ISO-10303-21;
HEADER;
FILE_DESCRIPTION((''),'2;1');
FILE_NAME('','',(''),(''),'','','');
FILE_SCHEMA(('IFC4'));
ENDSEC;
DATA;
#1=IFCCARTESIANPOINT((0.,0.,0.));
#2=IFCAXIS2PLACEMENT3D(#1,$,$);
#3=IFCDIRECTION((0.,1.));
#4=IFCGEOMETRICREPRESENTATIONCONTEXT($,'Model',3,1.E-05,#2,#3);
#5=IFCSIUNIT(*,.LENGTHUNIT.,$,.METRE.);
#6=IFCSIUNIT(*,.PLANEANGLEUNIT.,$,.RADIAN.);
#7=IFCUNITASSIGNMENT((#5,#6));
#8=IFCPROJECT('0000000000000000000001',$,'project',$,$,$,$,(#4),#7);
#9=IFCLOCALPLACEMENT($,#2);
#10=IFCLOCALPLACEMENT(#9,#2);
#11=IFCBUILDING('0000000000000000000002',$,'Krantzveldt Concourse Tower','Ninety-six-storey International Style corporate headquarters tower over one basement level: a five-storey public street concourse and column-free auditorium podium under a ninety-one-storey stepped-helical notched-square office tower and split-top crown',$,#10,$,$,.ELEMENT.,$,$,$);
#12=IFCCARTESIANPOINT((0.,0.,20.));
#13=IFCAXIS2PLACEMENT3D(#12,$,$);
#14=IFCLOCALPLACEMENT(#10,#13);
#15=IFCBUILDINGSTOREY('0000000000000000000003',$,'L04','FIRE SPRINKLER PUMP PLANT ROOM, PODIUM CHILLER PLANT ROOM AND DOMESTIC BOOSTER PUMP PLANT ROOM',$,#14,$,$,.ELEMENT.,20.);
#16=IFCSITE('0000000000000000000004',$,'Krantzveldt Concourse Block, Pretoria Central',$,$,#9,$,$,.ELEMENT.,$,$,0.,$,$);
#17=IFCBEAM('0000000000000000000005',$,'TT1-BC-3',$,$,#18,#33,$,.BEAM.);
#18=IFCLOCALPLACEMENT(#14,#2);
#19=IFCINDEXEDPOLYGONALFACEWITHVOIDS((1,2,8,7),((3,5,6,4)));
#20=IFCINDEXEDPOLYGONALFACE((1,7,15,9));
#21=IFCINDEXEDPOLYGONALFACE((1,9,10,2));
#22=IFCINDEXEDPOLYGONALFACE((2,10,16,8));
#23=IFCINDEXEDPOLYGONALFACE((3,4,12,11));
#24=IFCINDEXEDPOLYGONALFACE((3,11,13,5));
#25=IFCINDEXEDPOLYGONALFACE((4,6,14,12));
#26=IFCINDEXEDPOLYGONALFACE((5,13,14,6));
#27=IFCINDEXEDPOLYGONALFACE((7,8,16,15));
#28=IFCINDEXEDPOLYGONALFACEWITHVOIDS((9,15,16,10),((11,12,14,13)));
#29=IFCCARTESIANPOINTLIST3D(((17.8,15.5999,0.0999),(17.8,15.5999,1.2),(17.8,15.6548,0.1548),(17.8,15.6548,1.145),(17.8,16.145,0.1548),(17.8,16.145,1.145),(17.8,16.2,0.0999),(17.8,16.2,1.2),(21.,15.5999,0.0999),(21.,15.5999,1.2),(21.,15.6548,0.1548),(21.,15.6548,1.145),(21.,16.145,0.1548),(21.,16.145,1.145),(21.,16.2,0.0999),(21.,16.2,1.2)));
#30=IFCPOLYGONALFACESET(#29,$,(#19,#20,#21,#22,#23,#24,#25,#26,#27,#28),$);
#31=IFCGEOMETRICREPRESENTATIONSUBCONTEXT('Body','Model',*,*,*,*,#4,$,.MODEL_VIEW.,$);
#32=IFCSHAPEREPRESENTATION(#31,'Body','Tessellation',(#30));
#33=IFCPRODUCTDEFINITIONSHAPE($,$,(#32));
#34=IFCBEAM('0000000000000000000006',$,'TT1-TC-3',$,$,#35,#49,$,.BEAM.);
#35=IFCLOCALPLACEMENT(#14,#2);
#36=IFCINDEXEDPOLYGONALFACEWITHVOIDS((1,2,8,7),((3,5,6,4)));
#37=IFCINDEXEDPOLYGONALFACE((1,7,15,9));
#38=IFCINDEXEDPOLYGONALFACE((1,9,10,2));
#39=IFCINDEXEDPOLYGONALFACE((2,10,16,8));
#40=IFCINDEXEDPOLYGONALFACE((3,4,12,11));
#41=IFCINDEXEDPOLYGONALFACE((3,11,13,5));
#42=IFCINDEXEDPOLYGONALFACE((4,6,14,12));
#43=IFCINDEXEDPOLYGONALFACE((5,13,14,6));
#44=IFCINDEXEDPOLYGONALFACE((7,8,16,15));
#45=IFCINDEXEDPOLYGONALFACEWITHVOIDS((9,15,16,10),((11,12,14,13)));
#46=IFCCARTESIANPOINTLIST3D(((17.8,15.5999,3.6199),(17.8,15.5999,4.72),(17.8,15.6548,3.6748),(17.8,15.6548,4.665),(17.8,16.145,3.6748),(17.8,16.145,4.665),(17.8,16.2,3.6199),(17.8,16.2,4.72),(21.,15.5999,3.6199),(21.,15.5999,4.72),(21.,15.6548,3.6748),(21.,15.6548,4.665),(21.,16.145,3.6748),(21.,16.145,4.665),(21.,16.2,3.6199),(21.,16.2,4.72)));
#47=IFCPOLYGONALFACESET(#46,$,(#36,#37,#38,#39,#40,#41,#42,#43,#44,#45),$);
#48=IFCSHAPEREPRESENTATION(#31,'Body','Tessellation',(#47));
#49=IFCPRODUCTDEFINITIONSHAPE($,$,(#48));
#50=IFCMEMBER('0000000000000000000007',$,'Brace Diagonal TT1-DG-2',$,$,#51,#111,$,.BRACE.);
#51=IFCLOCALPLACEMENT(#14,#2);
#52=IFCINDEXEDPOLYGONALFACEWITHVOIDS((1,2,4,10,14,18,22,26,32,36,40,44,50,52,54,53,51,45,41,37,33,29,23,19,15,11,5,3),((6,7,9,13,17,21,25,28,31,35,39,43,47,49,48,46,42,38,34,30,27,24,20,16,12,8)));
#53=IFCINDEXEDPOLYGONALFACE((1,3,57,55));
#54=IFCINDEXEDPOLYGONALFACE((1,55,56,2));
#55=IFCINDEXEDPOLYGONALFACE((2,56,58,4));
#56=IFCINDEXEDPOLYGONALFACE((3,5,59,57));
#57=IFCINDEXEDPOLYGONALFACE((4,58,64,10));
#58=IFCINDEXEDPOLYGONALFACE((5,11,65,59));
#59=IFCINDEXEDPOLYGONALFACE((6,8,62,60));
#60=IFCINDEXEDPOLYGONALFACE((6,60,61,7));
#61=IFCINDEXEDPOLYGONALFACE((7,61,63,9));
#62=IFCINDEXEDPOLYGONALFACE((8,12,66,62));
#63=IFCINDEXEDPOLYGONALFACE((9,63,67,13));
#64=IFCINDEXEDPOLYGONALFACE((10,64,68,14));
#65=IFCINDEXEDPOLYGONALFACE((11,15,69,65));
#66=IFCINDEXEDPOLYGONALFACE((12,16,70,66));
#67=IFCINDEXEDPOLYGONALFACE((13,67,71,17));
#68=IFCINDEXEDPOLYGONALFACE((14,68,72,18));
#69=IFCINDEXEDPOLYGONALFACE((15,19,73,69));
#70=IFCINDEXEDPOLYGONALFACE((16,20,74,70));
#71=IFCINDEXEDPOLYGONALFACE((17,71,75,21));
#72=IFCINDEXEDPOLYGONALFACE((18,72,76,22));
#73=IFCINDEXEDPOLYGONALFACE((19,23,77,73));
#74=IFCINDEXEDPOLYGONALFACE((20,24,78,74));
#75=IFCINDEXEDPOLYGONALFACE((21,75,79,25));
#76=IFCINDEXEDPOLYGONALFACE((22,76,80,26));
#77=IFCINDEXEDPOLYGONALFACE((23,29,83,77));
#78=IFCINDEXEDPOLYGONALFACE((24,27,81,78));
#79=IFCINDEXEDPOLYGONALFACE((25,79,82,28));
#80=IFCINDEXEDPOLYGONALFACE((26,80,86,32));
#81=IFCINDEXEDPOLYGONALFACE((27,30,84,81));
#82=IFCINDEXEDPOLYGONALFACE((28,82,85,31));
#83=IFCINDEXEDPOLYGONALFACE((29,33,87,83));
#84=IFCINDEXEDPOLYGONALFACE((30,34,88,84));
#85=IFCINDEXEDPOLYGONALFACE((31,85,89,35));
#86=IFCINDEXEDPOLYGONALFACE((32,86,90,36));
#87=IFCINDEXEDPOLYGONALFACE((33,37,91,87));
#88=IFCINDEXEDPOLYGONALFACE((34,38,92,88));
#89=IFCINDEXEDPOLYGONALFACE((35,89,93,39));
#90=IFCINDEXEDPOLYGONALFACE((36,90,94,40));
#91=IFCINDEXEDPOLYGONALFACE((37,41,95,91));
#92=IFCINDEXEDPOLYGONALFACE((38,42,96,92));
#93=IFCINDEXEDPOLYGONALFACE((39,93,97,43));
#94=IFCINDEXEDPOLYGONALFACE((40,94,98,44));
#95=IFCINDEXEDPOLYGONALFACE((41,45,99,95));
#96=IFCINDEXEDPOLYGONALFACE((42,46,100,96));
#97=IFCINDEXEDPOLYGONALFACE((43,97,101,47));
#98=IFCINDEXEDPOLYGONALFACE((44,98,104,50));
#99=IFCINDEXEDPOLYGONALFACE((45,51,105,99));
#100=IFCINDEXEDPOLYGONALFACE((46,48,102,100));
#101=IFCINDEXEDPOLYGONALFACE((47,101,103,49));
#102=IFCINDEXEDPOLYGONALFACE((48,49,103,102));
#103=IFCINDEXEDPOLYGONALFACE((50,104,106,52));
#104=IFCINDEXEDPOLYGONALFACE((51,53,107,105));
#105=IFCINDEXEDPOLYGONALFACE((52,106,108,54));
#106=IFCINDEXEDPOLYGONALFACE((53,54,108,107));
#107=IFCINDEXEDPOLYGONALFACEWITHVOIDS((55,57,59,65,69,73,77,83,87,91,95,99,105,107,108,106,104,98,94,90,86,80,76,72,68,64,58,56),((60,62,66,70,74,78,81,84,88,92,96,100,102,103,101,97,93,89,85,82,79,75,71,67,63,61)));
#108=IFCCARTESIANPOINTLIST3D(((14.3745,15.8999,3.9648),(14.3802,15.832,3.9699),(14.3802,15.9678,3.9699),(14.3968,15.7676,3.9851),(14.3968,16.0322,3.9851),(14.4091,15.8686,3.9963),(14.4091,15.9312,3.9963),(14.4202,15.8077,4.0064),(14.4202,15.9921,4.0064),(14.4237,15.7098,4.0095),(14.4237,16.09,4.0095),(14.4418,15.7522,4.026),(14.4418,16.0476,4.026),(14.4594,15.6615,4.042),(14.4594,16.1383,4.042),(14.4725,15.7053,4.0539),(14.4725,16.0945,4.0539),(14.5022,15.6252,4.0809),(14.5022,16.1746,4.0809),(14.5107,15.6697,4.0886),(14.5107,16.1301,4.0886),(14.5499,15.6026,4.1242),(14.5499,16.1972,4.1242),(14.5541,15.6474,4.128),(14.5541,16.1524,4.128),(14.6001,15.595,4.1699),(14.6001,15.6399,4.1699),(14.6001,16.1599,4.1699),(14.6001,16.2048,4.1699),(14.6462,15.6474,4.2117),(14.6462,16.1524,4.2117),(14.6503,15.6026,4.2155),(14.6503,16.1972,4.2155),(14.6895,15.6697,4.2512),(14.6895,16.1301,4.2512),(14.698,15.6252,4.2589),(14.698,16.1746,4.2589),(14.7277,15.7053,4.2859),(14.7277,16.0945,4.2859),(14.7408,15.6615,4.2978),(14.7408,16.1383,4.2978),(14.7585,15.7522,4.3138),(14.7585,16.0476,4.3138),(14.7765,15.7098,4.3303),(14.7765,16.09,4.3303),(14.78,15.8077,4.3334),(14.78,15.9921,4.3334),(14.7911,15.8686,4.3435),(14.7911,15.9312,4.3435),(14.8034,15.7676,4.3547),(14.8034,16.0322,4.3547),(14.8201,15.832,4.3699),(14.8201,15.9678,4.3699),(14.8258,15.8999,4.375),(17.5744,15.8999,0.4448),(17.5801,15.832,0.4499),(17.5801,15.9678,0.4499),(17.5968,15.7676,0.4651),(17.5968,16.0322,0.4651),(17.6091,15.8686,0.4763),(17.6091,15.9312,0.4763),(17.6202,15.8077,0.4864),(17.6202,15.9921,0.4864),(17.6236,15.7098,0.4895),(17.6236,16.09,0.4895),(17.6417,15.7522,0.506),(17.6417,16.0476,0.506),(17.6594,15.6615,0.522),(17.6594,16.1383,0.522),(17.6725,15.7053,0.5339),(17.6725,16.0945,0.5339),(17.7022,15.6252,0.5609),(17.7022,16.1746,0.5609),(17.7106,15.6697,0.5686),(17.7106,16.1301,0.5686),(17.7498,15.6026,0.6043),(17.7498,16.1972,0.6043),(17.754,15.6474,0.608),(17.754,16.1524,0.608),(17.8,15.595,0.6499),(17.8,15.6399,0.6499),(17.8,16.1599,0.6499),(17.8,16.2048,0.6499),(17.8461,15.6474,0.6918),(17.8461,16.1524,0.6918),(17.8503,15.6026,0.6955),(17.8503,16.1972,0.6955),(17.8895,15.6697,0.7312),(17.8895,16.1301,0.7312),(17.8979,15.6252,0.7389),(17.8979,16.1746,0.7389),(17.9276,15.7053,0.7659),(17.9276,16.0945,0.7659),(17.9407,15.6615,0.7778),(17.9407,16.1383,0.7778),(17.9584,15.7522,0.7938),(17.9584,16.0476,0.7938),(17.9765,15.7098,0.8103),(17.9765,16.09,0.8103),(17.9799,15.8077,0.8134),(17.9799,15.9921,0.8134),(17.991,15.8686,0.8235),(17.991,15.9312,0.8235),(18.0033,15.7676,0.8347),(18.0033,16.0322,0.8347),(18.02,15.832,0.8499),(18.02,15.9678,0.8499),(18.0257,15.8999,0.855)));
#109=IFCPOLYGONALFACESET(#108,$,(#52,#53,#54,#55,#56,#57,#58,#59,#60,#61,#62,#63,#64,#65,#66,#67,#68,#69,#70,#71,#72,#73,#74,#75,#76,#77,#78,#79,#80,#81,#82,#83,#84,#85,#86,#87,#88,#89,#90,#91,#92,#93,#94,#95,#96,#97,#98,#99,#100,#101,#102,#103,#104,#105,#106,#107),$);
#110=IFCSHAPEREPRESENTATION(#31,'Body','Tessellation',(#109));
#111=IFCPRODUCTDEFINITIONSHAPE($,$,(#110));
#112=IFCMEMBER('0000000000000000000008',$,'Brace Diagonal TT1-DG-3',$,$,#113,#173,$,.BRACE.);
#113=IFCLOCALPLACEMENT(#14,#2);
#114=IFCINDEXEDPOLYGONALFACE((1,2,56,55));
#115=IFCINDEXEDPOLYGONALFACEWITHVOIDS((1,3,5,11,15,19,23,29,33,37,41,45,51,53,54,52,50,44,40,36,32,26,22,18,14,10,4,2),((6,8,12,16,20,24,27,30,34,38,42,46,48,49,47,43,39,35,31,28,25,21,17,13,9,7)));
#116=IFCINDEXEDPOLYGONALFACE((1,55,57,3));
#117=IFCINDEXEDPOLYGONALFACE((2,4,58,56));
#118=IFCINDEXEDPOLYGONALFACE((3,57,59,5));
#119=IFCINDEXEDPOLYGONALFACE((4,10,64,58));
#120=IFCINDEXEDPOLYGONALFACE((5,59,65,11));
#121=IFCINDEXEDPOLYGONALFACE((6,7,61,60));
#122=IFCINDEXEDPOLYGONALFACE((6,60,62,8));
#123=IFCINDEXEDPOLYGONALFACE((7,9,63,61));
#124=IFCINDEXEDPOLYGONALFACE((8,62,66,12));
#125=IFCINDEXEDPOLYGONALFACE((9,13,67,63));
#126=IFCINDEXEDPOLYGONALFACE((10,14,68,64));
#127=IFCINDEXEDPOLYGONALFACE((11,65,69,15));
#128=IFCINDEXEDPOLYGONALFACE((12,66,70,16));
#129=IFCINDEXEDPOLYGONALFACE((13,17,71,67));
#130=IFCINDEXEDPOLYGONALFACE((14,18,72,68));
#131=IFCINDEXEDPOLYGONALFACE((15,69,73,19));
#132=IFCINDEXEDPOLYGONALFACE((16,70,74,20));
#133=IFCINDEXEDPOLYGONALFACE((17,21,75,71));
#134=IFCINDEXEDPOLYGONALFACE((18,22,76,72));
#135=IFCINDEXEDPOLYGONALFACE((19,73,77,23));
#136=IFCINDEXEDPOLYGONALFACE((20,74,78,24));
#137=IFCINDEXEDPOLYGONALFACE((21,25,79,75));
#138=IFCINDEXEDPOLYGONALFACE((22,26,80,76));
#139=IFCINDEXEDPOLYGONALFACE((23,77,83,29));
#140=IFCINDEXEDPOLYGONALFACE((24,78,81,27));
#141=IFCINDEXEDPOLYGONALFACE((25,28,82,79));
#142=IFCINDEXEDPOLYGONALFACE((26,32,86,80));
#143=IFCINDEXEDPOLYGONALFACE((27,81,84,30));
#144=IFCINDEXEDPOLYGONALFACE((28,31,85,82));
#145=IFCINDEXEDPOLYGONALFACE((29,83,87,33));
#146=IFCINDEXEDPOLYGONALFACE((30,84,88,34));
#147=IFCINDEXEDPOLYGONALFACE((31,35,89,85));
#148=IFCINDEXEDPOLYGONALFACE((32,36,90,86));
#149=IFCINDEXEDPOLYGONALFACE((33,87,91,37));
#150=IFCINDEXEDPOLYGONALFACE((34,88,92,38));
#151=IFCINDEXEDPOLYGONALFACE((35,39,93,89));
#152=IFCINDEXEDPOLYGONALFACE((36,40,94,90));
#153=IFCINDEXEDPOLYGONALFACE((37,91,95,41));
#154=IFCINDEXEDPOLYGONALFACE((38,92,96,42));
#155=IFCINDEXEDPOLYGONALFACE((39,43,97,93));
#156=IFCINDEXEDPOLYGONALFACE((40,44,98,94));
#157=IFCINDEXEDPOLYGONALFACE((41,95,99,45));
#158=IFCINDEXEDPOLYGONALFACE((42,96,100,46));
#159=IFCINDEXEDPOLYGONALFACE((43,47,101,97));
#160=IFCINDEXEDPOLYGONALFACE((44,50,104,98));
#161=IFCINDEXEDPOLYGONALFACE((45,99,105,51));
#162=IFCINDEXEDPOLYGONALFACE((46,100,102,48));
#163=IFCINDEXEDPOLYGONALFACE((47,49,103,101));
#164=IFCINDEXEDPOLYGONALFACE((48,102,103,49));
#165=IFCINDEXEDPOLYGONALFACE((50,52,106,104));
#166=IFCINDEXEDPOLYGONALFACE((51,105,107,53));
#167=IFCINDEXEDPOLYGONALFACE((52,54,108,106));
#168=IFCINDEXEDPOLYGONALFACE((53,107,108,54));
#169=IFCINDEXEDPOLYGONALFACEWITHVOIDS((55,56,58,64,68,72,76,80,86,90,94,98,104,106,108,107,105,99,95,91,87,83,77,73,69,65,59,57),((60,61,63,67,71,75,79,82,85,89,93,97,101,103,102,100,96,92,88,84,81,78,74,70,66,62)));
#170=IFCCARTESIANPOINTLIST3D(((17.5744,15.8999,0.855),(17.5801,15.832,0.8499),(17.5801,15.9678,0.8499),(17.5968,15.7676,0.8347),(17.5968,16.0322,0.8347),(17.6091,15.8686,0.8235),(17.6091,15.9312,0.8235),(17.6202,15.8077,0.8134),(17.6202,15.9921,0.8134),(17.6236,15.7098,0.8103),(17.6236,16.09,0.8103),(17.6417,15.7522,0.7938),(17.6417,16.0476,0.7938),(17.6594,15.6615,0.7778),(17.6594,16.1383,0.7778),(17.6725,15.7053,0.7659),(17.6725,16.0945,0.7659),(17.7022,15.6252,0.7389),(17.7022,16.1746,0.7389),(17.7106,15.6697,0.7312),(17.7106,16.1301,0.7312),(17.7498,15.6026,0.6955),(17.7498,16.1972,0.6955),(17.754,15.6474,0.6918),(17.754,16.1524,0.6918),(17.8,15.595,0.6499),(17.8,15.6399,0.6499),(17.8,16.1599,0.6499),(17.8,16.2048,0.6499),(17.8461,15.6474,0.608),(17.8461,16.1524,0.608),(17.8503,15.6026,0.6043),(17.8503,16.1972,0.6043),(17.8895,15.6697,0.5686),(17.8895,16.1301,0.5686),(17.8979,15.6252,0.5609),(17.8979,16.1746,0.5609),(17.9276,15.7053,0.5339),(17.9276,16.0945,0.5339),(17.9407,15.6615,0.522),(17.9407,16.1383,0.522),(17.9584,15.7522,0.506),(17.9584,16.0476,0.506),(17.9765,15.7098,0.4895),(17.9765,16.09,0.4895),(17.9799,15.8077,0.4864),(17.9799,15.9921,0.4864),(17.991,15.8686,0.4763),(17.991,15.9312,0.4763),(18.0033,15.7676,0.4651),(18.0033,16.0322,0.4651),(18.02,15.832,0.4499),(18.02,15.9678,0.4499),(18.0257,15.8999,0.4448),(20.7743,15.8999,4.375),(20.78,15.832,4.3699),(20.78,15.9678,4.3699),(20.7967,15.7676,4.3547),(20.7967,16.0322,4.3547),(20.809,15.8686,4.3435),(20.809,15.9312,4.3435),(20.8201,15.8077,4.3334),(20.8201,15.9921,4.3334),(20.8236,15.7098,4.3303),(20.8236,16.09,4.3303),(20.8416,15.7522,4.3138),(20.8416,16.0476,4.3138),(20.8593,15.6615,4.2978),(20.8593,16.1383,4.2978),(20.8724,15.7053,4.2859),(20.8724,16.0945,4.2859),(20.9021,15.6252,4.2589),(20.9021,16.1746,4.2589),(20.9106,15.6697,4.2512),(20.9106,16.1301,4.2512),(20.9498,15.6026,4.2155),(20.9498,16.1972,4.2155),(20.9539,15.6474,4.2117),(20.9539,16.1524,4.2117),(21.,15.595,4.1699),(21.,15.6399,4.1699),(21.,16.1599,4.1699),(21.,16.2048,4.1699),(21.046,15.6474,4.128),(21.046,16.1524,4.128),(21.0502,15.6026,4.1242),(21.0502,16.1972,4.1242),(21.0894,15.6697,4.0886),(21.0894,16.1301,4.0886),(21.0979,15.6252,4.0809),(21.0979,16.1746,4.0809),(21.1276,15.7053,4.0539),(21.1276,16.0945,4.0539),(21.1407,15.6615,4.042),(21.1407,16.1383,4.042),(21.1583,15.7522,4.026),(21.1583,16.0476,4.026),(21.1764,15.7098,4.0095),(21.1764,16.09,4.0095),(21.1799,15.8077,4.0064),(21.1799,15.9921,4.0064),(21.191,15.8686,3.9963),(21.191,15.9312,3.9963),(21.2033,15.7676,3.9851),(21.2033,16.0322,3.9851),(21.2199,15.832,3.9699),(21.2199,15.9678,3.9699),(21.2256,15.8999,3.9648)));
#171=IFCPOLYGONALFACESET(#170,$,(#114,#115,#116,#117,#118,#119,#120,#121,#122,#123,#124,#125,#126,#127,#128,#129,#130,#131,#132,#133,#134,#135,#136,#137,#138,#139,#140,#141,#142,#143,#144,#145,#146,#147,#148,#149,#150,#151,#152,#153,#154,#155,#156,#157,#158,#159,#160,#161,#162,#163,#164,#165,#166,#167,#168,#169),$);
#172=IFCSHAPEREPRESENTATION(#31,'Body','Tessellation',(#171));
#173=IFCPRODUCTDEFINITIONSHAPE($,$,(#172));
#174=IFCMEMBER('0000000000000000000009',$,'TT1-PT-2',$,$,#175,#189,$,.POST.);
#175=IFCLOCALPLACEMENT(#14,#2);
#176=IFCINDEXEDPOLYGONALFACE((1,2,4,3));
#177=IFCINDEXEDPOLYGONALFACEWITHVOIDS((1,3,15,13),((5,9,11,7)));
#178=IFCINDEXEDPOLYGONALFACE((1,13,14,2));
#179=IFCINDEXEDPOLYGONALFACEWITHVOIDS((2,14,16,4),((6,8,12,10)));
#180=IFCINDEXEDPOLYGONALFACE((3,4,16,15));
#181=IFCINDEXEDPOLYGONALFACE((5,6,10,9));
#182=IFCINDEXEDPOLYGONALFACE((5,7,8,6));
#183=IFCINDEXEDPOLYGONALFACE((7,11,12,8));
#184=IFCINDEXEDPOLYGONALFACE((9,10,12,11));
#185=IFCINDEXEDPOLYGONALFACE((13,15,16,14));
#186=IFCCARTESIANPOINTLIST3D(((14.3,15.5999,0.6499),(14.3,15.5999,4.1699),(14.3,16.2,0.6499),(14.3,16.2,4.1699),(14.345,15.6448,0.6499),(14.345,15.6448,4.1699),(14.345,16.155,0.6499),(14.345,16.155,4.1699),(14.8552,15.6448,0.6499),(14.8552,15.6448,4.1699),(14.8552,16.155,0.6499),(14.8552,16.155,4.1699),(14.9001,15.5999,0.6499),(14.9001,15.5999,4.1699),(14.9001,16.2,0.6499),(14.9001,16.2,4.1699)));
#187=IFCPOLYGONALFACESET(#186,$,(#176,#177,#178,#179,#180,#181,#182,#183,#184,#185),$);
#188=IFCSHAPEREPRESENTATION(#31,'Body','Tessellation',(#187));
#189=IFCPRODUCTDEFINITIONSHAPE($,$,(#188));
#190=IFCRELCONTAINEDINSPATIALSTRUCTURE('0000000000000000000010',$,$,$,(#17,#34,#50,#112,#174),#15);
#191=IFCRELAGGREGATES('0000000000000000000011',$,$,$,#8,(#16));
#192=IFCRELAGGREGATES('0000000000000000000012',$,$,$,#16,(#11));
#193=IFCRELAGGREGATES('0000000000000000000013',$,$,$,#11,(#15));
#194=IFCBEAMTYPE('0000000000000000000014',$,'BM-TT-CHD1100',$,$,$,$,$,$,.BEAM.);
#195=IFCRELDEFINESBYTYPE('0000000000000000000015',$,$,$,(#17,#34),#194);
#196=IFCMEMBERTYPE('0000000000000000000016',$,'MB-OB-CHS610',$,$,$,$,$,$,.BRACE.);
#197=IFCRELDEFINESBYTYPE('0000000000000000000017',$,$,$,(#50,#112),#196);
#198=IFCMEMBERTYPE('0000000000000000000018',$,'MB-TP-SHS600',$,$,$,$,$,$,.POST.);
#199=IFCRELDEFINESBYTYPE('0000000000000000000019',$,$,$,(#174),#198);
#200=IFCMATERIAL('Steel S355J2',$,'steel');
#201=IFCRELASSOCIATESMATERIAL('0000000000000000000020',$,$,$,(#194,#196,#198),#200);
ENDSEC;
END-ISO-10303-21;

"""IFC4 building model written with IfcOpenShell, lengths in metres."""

from ifc_helpers import new_model, si_unit, direction, frame, origin, origin_2d, place, context, subcontext, project, spatial, hollow_rectangle, hollow_circle, extrude, source, transform, mapped, material, material_profile, profile_set, type_object, type_shapes, element, save


model = new_model("IFC4")

# Units and contexts
model_context = context("Model", 3, precision=1e-05, world=origin(), true_north=direction((0.0, 1.0)))
body_context = subcontext(model_context, "Body", "Model", "MODEL_VIEW")
ifc_project = project(units=[si_unit("LENGTHUNIT", "METRE"), si_unit("PLANEANGLEUNIT", "RADIAN")], contexts=[model_context])

# Site, building, storey
site_placement = place(None, origin())
site = spatial("IfcSite", under=ifc_project, at=site_placement, Name="Krantzveldt Concourse Block, Pretoria Central", CompositionType="ELEMENT", RefElevation=0.0)
building_placement = place(site_placement, origin())
building = spatial("IfcBuilding", under=site, at=building_placement, Name="Krantzveldt Concourse Tower", Description="Ninety-six-storey International Style corporate headquarters tower over one basement level: a five-storey public street concourse and column-free auditorium podium under a ninety-one-storey stepped-helical notched-square office tower and split-top crown", CompositionType="ELEMENT")
storey_placement = place(building_placement, frame((0.0, 0.0, 20.0)))
storey = spatial("IfcBuildingStorey", under=building, at=storey_placement, Name="L04", Description="FIRE SPRINKLER PUMP PLANT ROOM, PODIUM CHILLER PLANT ROOM AND DOMESTIC BOOSTER PUMP PLANT ROOM", CompositionType="ELEMENT", Elevation=20.0)

# Beams
ifc_material_1 = material(Name="Steel S355J2", Category="steel")
ifc_material_profile_1 = material_profile(ifc_material_1, hollow_rectangle(XDim=0.6001, YDim=1.1001, WallThickness=0.0549, at=origin_2d()), Name="Steel S355J2", Category="steel")
ifc_profile_set_1 = profile_set([ifc_material_profile_1], Name="Steel S355J2 - RHS 1100x600x55")
beam_type_1 = type_object("IfcBeamType", Name="BM-TT-CHD1100", PredefinedType="BEAM", material=ifc_profile_set_1)
shared_shape_1 = source(origin(), body_context, "Body", "SweptSolid", [
    extrude(hollow_rectangle(XDim=0.6001, YDim=1.1001, WallThickness=0.0549, at=origin_2d()), origin(), (0.0, 0.0, 1.0), 3.2),
])
type_shapes(beam_type_1, [shared_shape_1])
for number, where, z_axis, x_axis, name in (
    (1, (17.8, 15.8999, 0.6499), (1.0, 0.0, 0.0), (0.0, 1.0, 0.0), "TT1-BC-3"),
    (2, (17.8, 15.8999, 4.1699), (1.0, 0.0, 0.0), (0.0, 1.0, 0.0), "TT1-TC-3"),
):
    element("IfcBeam", number, at=place(storey_placement, frame(where, z_axis=z_axis, x_axis=x_axis)), inside=storey, type_object=beam_type_1, Name=name, PredefinedType="BEAM", context=body_context, shape_type="MappedRepresentation", body=[
        mapped(shared_shape_1, transform((0.0, 0.0, 0.0), x_axis=(1.0, 0.0, 0.0), y_axis=(0.0, 1.0, 0.0), z_axis=(0.0, 0.0, 1.0), scale=1.0)),
    ])

# Members
ifc_material_profile_2 = material_profile(ifc_material_1, hollow_circle(Radius=0.3049, WallThickness=0.0449, at=origin_2d()), Name="Steel S355J2", Category="steel")
ifc_profile_set_2 = profile_set([ifc_material_profile_2], Name="Steel S355J2 - CHS 610x45")
member_type_1 = type_object("IfcMemberType", Name="MB-OB-CHS610", PredefinedType="BRACE", material=ifc_profile_set_2)
shared_shape_2 = source(origin(), body_context, "Body", "SweptSolid", [
    extrude(hollow_circle(Radius=0.3049, WallThickness=0.0449, at=origin_2d()), origin(), (0.0, 0.0, 1.0), 4.7571),
])
type_shapes(member_type_1, [shared_shape_2])
for number, where, z_axis, x_axis, name in (
    (3, (17.8, 15.8999, 0.6499), (-0.672665, 0.0, 0.739947), (0.0, -1.0, 0.0), "Brace Diagonal TT1-DG-2"),
    (4, (17.8, 15.8999, 0.6499), (0.672665, 0.0, 0.739947), (0.0, 1.0, 0.0), "Brace Diagonal TT1-DG-3"),
):
    element("IfcMember", number, at=place(storey_placement, frame(where, z_axis=z_axis, x_axis=x_axis)), inside=storey, type_object=member_type_1, Name=name, PredefinedType="BRACE", context=body_context, shape_type="MappedRepresentation", body=[
        mapped(shared_shape_2, transform((0.0, 0.0, 0.0), x_axis=(1.0, 0.0, 0.0), y_axis=(0.0, 1.0, 0.0), z_axis=(0.0, 0.0, 1.0), scale=1.0)),
    ])
ifc_material_profile_3 = material_profile(ifc_material_1, hollow_rectangle(XDim=0.6001, YDim=0.6001, WallThickness=0.0449, at=origin_2d()), Name="Steel S355J2", Category="steel")
ifc_profile_set_3 = profile_set([ifc_material_profile_3], Name="Steel S355J2 - SHS 600x600x45")
member_type_2 = type_object("IfcMemberType", Name="MB-TP-SHS600", PredefinedType="POST", material=ifc_profile_set_3)
shared_shape_3 = source(origin(), body_context, "Body", "SweptSolid", [
    extrude(hollow_rectangle(XDim=0.6001, YDim=0.6001, WallThickness=0.0449, at=origin_2d()), origin(), (0.0, 0.0, 1.0), 3.52),
])
type_shapes(member_type_2, [shared_shape_3])
for number, where, z_axis, x_axis, name in (
    (5, (14.6001, 15.8999, 0.6499), (0.0, 0.0, 1.0), (1.0, 0.0, 0.0), "TT1-PT-2"),
):
    element("IfcMember", number, at=place(storey_placement, frame(where, z_axis=z_axis, x_axis=x_axis)), inside=storey, type_object=member_type_2, Name=name, PredefinedType="POST", context=body_context, shape_type="MappedRepresentation", body=[
        mapped(shared_shape_3, transform((0.0, 0.0, 0.0), x_axis=(1.0, 0.0, 0.0), y_axis=(0.0, 1.0, 0.0), z_axis=(0.0, 0.0, 1.0), scale=1.0)),
    ])

save(model, "model.ifc")
